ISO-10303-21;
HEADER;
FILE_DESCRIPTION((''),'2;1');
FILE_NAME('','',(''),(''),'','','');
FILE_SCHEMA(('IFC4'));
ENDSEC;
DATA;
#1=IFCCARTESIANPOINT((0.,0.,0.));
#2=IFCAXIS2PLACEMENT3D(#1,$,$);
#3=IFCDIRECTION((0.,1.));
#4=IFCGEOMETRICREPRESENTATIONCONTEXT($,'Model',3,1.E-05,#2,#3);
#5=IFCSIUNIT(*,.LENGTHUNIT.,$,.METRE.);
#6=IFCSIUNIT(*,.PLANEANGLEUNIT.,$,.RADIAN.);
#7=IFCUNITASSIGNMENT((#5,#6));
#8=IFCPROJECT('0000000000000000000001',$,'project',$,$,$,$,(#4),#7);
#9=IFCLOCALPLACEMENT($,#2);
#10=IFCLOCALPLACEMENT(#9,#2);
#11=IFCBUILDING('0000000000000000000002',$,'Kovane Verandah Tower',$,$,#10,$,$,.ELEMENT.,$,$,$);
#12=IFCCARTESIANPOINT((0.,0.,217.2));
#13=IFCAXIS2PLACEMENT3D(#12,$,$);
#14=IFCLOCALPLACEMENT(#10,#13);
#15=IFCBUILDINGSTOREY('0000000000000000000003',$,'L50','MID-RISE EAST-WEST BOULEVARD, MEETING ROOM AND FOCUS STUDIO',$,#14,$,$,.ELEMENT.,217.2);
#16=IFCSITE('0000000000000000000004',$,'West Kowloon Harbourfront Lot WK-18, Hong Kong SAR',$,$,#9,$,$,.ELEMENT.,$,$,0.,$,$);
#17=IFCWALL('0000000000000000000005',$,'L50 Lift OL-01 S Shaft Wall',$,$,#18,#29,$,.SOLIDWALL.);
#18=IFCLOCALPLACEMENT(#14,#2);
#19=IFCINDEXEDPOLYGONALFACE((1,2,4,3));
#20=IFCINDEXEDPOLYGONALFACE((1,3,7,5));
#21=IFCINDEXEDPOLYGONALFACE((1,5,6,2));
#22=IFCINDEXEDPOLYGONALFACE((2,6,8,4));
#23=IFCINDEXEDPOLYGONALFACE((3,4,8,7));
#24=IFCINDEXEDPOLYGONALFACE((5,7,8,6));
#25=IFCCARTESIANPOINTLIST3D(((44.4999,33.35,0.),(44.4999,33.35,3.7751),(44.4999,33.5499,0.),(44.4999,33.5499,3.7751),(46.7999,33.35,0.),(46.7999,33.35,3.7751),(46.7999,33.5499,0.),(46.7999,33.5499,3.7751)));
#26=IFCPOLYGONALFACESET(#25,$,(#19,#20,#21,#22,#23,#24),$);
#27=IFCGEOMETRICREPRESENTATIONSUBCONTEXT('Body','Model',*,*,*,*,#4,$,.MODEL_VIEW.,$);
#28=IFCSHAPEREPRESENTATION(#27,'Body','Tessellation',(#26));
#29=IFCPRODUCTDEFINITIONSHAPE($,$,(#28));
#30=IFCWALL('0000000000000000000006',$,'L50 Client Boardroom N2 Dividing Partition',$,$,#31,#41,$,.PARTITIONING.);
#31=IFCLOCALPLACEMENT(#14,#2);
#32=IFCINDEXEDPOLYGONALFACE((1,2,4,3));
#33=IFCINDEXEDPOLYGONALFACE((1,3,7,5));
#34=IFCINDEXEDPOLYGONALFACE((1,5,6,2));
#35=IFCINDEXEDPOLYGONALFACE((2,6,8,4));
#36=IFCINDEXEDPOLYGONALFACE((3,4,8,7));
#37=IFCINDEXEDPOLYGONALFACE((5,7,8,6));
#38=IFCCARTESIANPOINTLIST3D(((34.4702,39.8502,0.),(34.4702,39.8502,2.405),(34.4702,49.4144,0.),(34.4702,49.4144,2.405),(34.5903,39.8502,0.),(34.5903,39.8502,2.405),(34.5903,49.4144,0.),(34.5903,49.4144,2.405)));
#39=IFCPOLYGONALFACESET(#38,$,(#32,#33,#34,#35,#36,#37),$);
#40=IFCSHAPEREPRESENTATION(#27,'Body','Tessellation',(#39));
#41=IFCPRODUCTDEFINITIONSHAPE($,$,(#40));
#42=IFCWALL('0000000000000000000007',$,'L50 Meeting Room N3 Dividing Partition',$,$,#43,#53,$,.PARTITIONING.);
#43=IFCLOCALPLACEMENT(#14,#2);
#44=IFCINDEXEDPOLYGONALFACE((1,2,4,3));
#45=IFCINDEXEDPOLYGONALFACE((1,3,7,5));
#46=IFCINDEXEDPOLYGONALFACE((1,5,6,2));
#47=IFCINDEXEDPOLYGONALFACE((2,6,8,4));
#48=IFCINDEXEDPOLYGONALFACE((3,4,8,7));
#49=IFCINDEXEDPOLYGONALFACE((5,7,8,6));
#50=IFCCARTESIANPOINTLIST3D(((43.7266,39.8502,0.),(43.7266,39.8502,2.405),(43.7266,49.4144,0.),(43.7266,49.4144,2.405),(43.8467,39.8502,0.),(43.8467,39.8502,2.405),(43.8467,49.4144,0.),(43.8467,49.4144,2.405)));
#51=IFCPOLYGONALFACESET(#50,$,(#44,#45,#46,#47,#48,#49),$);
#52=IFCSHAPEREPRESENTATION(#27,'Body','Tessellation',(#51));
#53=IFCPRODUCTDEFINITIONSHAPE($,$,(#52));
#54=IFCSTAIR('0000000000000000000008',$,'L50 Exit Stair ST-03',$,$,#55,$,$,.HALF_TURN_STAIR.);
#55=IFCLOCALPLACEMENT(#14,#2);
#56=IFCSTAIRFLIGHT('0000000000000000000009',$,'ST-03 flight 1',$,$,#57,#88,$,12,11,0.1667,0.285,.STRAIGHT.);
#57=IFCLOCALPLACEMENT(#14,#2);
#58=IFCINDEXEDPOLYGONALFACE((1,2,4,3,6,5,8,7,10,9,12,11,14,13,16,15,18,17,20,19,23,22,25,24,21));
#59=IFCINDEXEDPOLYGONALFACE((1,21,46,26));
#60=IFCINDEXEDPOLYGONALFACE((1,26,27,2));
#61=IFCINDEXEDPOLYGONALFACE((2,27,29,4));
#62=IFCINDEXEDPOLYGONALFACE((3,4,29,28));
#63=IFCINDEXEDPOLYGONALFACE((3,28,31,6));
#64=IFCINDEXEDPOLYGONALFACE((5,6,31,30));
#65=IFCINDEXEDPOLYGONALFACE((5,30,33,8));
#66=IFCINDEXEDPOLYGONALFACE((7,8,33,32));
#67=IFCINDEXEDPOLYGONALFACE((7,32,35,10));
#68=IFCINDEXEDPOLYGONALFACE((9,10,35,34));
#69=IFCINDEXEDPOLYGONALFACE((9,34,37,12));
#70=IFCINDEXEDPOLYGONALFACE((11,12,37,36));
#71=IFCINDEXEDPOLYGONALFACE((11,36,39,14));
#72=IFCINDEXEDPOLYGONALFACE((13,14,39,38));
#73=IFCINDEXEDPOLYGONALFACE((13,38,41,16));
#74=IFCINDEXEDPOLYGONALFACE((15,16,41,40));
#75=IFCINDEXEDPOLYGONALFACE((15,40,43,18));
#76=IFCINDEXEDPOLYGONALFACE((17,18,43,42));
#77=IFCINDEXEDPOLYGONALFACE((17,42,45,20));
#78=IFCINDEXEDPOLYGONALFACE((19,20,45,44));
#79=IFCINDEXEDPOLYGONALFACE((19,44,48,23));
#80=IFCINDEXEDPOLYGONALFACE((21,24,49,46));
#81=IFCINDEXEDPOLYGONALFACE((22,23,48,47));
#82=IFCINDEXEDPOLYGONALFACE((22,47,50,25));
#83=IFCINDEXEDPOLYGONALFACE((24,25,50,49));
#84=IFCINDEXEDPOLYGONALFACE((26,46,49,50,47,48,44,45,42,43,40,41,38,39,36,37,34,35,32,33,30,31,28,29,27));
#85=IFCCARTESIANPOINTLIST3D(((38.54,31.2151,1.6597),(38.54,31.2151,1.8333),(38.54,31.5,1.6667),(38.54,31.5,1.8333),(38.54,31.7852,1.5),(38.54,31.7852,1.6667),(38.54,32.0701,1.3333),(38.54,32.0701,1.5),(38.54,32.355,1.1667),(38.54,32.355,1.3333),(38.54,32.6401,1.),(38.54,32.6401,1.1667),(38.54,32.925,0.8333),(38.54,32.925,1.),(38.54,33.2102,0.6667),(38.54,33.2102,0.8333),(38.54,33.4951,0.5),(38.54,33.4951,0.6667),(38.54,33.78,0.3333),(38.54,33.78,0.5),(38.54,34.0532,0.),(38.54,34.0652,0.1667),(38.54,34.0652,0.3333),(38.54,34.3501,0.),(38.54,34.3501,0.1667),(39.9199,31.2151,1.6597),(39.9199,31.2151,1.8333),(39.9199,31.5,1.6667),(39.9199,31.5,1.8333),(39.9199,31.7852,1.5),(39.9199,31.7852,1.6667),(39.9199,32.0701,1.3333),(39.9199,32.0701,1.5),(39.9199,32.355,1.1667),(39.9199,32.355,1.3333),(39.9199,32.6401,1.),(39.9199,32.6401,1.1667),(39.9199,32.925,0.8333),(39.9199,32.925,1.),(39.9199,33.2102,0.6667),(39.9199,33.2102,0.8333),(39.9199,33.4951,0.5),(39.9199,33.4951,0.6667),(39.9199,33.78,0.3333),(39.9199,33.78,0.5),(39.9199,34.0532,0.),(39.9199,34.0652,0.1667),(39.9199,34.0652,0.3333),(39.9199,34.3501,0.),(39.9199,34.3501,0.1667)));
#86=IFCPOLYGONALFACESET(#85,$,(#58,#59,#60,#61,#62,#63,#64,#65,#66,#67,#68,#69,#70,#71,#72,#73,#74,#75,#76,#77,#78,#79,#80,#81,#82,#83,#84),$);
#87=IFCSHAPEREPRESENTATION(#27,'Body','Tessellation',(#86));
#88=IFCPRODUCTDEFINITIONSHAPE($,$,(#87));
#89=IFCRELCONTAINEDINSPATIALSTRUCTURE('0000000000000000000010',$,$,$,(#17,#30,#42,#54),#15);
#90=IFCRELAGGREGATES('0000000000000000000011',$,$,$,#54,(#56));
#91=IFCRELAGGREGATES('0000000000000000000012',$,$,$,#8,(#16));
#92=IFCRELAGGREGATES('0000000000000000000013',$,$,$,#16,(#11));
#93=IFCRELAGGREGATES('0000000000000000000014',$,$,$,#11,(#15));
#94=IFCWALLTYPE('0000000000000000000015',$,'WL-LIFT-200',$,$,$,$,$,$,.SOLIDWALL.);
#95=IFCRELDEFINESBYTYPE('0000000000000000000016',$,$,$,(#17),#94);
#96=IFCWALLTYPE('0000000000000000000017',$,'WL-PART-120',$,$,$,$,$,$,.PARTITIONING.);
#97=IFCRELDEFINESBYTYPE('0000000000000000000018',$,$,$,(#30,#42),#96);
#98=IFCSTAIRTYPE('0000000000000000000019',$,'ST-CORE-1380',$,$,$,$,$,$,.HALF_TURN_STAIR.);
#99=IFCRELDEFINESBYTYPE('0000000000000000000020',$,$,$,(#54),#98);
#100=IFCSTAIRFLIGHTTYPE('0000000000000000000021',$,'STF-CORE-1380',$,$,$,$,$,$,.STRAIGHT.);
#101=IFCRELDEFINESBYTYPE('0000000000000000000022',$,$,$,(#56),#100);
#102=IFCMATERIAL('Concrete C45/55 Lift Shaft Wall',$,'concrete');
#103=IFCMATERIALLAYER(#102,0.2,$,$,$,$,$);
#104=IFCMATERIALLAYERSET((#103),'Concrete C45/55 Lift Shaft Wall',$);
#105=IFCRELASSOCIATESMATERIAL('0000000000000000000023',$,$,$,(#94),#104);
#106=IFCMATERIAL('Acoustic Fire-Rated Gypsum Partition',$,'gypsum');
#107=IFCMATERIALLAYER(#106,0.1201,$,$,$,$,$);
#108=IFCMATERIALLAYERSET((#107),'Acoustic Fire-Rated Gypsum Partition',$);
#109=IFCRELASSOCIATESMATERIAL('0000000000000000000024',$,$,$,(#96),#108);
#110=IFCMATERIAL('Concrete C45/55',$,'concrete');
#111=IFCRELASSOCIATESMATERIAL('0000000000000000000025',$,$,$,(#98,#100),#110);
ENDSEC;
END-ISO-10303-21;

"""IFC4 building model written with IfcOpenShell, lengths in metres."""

from ifc_helpers import new_model, si_unit, direction, frame, frame_2d, origin, place, context, subcontext, project, spatial, polyline, rectangle, outline, extrude, material, layer, layer_set, type_object, element, aggregate, save


model = new_model("IFC4")

# Units and contexts
model_context = context("Model", 3, precision=1e-05, world=origin(), true_north=direction((0.0, 1.0)))
body_context = subcontext(model_context, "Body", "Model", "MODEL_VIEW")
ifc_project = project(units=[si_unit("LENGTHUNIT", "METRE"), si_unit("PLANEANGLEUNIT", "RADIAN")], contexts=[model_context])

# Site, building, storey
site_placement = place(None, origin())
site = spatial("IfcSite", under=ifc_project, at=site_placement, Name="West Kowloon Harbourfront Lot WK-18, Hong Kong SAR", CompositionType="ELEMENT", RefElevation=0.0)
building_placement = place(site_placement, origin())
building = spatial("IfcBuilding", under=site, at=building_placement, Name="Kovane Verandah Tower", CompositionType="ELEMENT")
storey_placement = place(building_placement, frame((0.0, 0.0, 217.2)))
storey = spatial("IfcBuildingStorey", under=building, at=storey_placement, Name="L50", Description="MID-RISE EAST-WEST BOULEVARD, MEETING ROOM AND FOCUS STUDIO", CompositionType="ELEMENT", Elevation=217.2)

# Walls
ifc_material_1 = material(Name="Concrete C45/55 Lift Shaft Wall", Category="concrete")
ifc_layer_1 = layer(ifc_material_1, 0.2)
ifc_layer_set_1 = layer_set([ifc_layer_1], Name="Concrete C45/55 Lift Shaft Wall")
wall_type_1 = type_object("IfcWallType", Name="WL-LIFT-200", PredefinedType="SOLIDWALL", material=ifc_layer_set_1)
wall_1_placement = place(storey_placement, frame((44.5, 33.45, 0.0), z_axis=(0.0, 0.0, 1.0), x_axis=(1.0, 0.0, 0.0)))
element("IfcWall", 1, at=wall_1_placement, inside=storey, type_object=wall_type_1, Name="L50 Lift OL-01 S Shaft Wall", PredefinedType="SOLIDWALL", context=body_context, shape_type="SweptSolid", body=[
    extrude(rectangle(XDim=2.3, YDim=0.2, at=frame_2d((1.1499, 0.0))), origin(), (0.0, 0.0, 1.0), 3.7751),
])
ifc_material_2 = material(Name="Acoustic Fire-Rated Gypsum Partition", Category="gypsum")
ifc_layer_2 = layer(ifc_material_2, 0.1201)
ifc_layer_set_2 = layer_set([ifc_layer_2], Name="Acoustic Fire-Rated Gypsum Partition")
wall_type_2 = type_object("IfcWallType", Name="WL-PART-120", PredefinedType="PARTITIONING", material=ifc_layer_set_2)
for number, where, z_axis, x_axis, name in (
    (2, (34.5303, 39.8501, 0.0), (0.0, 0.0, 1.0), (0.0, 1.0, 0.0), "L50 Client Boardroom N2 Dividing Partition"),
    (3, (43.7866, 39.8501, 0.0), (0.0, 0.0, 1.0), (0.0, 1.0, 0.0), "L50 Meeting Room N3 Dividing Partition"),
):
    element("IfcWall", number, at=place(storey_placement, frame(where, z_axis=z_axis, x_axis=x_axis)), inside=storey, type_object=wall_type_2, Name=name, PredefinedType="PARTITIONING", context=body_context, shape_type="SweptSolid", body=[
        extrude(rectangle(XDim=9.5642, YDim=0.1201, at=frame_2d((4.7822, 0.0))), origin(), (0.0, 0.0, 1.0), 2.405),
    ])

# Stair, stair flight
ifc_material_3 = material(Name="Concrete C45/55", Category="concrete")
stair_type = type_object("IfcStairType", Name="ST-CORE-1380", PredefinedType="HALF_TURN_STAIR", material=ifc_material_3)
stair_placement = place(storey_placement, origin())
stair = element("IfcStair", 4, at=stair_placement, inside=storey, type_object=stair_type, Name="L50 Exit Stair ST-03", PredefinedType="HALF_TURN_STAIR")
stair_flight_type = type_object("IfcStairFlightType", Name="STF-CORE-1380", PredefinedType="STRAIGHT", material=ifc_material_3)
stair_flight_placement = place(storey_placement, frame((39.23, 34.3501, 0.0), z_axis=(0.0, 0.0, 1.0), x_axis=(0.0, -1.0, 0.0)))
stair_flight = element("IfcStairFlight", 5, at=stair_flight_placement, type_object=stair_flight_type, Name="ST-03 flight 1", NumberOfRisers=12, NumberOfTreads=11, PredefinedType="STRAIGHT", RiserHeight=0.1667, TreadLength=0.285, context=body_context, shape_type="SweptSolid", body=[
    extrude(outline(polyline([(0.0, 0.0), (0.0, 0.1667), (0.2849, 0.1667), (0.2849, 0.3333), (0.5701, 0.3333), (0.5701, 0.5), (0.855, 0.5), (0.855, 0.6667), (1.1399, 0.6667), (1.1399, 0.8333), (1.425, 0.8333), (1.425, 1.0), (1.71, 1.0), (1.71, 1.1667), (1.9951, 1.1667), (1.9951, 1.3333), (2.28, 1.3333), (2.28, 1.5), (2.5649, 1.5), (2.5649, 1.6667), (2.8501, 1.6667), (2.8501, 1.8333), (3.135, 1.8333), (3.135, 2.0), (3.135, 1.6597), (0.2969, 0.0), (0.0, 0.0)])), frame((0.0, 0.6899, 0.0), z_axis=(0.0, -1.0, 0.0), x_axis=(1.0, 0.0, 0.0)), (0.0, 0.0, 1.0), 1.3799),
])
aggregate(stair, [stair_flight])

save(model, "model.ifc")
